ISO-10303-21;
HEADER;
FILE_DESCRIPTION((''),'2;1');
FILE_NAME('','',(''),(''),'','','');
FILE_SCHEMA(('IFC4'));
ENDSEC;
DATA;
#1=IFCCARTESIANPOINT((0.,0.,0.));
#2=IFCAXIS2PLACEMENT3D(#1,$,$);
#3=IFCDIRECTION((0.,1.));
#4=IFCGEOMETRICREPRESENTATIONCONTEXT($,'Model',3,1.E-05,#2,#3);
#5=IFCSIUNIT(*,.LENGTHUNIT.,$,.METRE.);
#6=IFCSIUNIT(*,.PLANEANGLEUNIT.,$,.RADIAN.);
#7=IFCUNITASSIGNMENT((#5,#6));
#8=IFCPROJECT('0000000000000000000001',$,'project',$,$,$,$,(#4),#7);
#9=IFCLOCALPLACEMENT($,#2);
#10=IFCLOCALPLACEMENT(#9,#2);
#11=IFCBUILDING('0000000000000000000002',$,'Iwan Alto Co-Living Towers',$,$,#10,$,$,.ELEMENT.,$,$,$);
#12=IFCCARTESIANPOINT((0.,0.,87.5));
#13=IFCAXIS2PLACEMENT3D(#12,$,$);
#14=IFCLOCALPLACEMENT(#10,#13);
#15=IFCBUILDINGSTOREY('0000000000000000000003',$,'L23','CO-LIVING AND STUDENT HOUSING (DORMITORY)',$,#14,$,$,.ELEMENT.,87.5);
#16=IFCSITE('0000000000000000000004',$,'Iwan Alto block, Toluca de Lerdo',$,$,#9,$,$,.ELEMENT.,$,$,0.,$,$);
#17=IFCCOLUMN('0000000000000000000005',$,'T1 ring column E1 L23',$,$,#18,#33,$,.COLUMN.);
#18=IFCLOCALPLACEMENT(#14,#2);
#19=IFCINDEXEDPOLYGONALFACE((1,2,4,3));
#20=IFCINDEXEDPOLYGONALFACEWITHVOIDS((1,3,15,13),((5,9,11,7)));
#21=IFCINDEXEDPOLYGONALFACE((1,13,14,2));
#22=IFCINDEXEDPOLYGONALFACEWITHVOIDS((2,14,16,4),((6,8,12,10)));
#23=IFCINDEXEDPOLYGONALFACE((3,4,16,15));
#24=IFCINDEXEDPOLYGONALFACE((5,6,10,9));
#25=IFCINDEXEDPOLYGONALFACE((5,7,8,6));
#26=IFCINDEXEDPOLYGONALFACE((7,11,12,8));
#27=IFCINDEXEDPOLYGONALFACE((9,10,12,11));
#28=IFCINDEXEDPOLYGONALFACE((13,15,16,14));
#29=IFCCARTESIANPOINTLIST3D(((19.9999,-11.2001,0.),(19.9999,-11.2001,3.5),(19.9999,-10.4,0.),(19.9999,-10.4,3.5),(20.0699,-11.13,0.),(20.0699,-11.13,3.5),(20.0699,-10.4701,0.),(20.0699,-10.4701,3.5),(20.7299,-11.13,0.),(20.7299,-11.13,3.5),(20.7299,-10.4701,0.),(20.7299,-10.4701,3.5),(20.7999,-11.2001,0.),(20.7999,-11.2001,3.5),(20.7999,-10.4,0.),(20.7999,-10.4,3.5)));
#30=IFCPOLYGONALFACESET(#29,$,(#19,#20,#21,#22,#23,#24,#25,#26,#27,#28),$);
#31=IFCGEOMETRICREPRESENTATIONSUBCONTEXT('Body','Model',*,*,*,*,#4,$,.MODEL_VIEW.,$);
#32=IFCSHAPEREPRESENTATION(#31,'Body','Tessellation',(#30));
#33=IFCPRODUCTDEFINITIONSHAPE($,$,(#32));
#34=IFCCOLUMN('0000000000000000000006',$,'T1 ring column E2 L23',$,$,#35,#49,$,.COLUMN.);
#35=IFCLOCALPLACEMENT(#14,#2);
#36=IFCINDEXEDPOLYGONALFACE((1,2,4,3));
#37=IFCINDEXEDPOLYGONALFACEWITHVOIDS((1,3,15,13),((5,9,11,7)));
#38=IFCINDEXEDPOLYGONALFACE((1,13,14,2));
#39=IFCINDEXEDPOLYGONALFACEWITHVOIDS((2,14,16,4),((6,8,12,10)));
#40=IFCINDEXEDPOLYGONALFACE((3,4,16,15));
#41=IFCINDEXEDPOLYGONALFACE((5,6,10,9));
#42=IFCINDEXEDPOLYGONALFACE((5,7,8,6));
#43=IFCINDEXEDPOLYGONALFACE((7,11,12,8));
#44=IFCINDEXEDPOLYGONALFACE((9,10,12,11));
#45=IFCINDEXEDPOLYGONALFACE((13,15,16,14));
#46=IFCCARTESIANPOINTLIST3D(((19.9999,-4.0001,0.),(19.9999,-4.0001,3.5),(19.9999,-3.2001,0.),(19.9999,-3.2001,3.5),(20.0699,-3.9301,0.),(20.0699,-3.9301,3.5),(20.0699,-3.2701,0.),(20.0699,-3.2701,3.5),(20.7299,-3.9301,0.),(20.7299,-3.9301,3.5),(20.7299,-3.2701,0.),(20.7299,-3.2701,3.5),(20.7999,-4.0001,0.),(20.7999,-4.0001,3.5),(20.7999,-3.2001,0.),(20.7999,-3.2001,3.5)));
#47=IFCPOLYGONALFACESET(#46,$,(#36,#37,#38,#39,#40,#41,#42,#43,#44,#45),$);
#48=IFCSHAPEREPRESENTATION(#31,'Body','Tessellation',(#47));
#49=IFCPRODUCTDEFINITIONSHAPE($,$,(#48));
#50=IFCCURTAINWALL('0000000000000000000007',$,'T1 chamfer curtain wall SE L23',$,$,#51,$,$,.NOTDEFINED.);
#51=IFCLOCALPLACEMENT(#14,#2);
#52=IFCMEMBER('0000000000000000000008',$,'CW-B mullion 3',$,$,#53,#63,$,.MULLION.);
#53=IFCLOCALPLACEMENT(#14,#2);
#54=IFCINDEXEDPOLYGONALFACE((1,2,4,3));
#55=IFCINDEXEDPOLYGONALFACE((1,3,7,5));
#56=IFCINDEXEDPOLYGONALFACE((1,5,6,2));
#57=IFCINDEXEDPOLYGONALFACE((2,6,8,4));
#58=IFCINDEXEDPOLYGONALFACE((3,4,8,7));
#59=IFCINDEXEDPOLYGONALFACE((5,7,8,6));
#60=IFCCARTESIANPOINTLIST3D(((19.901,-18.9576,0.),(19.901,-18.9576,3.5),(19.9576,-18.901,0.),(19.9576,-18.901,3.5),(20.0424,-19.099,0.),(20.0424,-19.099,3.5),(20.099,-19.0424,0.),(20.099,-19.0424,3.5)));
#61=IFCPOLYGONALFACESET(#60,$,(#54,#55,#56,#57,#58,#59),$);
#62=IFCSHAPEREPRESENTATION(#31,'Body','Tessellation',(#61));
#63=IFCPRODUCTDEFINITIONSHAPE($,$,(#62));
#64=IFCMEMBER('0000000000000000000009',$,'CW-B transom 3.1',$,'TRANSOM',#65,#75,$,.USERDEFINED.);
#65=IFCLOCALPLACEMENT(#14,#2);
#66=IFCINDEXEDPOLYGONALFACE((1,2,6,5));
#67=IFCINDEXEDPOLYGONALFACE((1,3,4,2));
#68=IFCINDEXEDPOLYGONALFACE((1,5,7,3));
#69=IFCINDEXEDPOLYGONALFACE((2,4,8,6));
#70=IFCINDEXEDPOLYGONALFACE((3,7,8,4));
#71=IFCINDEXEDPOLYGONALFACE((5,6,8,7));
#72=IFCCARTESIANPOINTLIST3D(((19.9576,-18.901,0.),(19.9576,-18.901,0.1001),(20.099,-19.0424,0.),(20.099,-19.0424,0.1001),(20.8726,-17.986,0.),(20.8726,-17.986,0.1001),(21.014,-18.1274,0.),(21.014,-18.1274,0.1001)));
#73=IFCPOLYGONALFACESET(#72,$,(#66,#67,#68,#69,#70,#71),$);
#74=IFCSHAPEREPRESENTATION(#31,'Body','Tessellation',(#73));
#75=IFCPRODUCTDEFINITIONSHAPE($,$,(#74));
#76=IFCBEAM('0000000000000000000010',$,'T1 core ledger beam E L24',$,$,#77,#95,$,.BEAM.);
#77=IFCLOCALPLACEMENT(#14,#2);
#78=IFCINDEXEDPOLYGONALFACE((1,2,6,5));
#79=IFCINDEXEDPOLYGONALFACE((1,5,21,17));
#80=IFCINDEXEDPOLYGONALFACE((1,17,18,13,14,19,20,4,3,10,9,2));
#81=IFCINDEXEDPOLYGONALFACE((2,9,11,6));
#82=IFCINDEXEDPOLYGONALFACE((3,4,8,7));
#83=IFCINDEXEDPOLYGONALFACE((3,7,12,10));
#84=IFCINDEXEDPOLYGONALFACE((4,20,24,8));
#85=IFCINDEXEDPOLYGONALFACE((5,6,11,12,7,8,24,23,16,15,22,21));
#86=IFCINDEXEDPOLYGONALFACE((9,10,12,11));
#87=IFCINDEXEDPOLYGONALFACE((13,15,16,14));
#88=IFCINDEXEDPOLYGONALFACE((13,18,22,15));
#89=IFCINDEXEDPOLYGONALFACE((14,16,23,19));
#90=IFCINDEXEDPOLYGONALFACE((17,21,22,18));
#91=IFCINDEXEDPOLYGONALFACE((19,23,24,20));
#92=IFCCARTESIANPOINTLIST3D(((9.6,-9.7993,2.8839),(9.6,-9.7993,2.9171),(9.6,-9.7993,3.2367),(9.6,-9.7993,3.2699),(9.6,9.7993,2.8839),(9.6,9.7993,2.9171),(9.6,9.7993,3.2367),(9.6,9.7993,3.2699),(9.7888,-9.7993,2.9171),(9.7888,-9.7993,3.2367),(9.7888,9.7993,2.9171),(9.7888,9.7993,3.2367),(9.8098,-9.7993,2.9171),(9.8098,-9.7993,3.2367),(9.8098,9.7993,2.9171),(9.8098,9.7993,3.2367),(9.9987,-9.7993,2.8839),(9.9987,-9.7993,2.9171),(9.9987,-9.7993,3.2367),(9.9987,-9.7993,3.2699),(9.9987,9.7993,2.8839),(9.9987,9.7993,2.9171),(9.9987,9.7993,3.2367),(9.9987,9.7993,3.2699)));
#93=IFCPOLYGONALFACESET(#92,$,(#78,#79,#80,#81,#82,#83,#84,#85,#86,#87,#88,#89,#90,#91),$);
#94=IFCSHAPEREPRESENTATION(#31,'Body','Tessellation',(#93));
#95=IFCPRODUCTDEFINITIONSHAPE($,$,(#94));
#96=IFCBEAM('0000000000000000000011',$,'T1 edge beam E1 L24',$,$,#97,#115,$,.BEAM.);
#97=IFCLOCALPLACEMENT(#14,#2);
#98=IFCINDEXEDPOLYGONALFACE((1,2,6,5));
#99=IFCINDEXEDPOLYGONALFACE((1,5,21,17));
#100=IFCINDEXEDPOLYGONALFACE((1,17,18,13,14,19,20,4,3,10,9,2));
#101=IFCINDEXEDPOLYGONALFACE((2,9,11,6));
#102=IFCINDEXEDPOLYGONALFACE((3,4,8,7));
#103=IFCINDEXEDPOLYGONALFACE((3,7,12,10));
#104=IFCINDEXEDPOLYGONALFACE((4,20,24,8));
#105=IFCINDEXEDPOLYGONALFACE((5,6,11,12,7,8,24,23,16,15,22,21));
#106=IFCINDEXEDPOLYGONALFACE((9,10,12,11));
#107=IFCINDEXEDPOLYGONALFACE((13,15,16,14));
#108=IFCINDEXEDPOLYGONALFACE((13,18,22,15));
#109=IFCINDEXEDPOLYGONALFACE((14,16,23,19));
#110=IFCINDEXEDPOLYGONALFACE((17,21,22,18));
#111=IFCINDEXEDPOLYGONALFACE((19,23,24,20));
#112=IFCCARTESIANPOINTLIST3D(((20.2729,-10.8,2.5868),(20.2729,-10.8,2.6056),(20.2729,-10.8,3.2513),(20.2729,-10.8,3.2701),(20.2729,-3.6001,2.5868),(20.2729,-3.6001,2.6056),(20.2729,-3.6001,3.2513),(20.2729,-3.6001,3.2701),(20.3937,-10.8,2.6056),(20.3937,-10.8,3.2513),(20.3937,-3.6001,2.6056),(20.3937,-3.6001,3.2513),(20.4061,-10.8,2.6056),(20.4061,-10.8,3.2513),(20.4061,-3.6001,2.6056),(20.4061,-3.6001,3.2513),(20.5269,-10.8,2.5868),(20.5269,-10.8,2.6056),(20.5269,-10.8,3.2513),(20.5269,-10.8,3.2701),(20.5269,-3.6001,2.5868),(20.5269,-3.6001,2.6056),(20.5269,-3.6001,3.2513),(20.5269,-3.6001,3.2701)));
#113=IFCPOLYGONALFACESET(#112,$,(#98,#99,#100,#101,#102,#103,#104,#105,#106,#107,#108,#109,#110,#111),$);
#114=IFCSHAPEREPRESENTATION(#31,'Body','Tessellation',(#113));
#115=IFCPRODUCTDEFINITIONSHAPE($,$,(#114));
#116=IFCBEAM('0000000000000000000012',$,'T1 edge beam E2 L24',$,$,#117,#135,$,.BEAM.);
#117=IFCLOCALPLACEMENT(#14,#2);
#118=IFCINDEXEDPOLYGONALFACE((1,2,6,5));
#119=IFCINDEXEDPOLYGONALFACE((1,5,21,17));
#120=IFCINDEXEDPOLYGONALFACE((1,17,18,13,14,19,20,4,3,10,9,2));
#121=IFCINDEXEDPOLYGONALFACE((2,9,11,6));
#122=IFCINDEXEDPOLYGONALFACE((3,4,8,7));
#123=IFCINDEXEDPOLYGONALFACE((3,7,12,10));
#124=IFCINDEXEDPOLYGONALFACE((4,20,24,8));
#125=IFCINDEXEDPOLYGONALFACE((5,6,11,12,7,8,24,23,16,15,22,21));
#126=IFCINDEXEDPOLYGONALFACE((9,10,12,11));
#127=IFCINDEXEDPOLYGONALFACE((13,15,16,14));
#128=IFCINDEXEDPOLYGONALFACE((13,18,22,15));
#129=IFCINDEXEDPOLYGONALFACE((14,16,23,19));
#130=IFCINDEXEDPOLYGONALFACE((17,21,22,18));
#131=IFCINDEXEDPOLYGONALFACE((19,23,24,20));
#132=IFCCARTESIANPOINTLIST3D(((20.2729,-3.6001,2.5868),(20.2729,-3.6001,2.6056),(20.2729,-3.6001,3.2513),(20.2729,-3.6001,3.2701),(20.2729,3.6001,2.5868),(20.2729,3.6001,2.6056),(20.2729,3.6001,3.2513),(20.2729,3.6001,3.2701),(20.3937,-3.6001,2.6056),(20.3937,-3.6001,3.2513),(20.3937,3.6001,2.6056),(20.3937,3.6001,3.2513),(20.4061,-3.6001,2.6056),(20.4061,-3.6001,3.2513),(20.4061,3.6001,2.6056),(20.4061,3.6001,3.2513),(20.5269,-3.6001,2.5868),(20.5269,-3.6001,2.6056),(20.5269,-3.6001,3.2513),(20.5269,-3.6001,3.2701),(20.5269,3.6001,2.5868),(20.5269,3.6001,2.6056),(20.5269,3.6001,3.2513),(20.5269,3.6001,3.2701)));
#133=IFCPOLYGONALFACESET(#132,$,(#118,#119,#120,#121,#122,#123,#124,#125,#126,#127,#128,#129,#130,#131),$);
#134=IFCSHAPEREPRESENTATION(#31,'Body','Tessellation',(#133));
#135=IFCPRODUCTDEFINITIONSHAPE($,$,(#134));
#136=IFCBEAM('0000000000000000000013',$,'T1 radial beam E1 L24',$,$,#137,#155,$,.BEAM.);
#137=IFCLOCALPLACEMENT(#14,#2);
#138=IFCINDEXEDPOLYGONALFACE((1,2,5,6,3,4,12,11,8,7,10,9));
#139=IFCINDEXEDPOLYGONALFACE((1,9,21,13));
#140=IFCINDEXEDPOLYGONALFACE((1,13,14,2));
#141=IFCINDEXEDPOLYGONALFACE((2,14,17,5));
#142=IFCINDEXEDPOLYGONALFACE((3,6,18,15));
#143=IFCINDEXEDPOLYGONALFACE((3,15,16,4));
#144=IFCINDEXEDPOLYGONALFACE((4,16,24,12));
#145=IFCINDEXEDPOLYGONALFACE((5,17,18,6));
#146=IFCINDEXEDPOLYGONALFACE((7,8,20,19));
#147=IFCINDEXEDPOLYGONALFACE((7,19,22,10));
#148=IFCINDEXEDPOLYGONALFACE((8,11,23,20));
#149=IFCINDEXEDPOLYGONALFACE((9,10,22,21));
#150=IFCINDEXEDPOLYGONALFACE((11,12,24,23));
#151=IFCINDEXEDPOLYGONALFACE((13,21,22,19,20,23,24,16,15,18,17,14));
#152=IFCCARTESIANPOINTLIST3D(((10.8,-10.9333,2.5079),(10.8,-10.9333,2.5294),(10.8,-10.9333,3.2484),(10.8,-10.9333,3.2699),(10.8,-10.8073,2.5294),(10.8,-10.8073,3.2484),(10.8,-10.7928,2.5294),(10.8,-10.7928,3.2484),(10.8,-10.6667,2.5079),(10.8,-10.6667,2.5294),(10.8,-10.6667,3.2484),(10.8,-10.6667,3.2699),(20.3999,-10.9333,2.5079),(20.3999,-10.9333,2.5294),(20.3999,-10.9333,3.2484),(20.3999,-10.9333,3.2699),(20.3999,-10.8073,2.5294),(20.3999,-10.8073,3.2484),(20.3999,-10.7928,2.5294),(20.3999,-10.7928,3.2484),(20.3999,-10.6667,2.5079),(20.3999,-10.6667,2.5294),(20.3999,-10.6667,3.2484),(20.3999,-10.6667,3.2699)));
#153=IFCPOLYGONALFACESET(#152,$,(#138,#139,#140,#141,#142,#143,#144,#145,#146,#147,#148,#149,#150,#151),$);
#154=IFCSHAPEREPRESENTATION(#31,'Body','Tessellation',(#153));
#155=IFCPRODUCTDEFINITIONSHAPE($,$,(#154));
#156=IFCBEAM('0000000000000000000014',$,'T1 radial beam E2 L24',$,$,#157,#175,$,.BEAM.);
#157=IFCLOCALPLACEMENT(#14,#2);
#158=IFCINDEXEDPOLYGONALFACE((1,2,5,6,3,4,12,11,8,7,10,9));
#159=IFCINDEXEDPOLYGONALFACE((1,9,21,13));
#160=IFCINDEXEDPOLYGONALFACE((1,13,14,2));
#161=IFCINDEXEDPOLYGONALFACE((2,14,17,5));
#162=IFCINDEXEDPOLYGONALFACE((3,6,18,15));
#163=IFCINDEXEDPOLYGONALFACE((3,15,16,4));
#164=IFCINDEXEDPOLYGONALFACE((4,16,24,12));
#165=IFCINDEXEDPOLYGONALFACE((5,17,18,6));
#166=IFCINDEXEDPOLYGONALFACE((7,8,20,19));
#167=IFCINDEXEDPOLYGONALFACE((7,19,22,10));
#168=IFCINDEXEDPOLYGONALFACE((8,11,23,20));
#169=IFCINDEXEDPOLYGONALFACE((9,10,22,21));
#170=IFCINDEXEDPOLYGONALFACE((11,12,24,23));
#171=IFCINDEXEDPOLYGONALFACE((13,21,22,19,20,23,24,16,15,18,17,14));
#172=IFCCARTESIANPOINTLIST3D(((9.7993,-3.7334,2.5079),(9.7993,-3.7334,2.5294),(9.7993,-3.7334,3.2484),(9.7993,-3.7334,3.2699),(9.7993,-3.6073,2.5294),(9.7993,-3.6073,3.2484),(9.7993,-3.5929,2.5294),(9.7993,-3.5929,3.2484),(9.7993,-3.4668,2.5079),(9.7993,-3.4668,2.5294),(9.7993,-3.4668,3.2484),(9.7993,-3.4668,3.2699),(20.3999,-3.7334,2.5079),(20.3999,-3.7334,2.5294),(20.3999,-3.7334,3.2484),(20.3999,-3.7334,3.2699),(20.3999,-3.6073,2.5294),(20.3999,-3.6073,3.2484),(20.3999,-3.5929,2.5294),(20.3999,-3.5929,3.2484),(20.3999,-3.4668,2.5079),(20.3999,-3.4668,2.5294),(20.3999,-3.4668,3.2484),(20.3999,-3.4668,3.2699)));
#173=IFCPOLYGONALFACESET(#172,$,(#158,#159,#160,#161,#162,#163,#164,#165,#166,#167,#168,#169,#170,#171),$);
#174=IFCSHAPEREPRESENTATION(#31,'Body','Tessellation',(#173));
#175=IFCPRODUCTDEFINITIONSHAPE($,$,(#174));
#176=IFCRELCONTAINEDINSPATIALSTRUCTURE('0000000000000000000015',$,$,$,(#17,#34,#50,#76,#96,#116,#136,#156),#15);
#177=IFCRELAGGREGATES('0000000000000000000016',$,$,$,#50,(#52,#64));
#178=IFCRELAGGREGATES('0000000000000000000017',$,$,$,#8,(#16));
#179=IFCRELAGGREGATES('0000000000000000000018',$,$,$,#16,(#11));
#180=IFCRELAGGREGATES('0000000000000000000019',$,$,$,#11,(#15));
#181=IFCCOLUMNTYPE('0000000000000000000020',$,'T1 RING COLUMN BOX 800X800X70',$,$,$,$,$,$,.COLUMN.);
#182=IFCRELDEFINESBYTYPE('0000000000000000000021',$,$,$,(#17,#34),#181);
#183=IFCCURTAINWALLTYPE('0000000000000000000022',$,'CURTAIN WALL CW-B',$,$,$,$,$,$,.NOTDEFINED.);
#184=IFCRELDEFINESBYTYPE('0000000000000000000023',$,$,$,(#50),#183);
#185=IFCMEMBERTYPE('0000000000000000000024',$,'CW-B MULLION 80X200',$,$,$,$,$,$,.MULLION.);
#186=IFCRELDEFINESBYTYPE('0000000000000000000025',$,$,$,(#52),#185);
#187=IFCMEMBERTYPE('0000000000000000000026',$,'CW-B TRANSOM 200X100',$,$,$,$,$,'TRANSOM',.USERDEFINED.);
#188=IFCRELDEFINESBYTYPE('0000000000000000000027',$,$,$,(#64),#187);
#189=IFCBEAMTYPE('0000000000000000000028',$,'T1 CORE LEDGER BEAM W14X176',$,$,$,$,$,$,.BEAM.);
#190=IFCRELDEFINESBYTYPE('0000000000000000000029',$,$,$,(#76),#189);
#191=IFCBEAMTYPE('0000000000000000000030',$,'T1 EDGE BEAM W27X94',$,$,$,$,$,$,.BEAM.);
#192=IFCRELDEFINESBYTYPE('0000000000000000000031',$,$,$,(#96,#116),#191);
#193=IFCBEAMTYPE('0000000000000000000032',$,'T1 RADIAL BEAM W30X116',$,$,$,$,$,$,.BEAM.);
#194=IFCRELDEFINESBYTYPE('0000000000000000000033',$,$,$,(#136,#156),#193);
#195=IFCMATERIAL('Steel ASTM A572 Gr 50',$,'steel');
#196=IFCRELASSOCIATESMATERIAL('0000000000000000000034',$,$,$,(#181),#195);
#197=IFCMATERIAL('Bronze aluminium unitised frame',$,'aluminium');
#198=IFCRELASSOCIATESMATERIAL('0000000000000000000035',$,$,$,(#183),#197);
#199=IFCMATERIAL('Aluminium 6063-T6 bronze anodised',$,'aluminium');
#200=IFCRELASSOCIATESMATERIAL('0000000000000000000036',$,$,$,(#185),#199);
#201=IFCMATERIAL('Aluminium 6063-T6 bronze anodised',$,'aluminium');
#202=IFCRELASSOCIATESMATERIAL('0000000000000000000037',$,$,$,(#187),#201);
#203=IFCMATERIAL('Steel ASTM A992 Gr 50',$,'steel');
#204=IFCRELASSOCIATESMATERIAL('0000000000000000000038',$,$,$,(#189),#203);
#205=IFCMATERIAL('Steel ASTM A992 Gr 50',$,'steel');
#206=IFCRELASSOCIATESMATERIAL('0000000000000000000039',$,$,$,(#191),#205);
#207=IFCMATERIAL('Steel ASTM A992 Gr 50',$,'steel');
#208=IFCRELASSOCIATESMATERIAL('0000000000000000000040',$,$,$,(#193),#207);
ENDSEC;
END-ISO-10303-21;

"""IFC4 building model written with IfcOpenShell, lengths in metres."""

from ifc_helpers import new_model, si_unit, direction, frame, origin, origin_2d, place, context, subcontext, project, spatial, rectangle, hollow_rectangle, i_section, extrude, material, material_profile, profile_set, type_object, element, aggregate, save


model = new_model("IFC4")

# Units and contexts
model_context = context("Model", 3, precision=1e-05, world=origin(), true_north=direction((0.0, 1.0)))
body_context = subcontext(model_context, "Body", "Model", "MODEL_VIEW")
ifc_project = project(units=[si_unit("LENGTHUNIT", "METRE"), si_unit("PLANEANGLEUNIT", "RADIAN")], contexts=[model_context])

# Site, building, storey
site_placement = place(None, origin())
site = spatial("IfcSite", under=ifc_project, at=site_placement, Name="Iwan Alto block, Toluca de Lerdo", CompositionType="ELEMENT", RefElevation=0.0)
building_placement = place(site_placement, origin())
building = spatial("IfcBuilding", under=site, at=building_placement, Name="Iwan Alto Co-Living Towers", CompositionType="ELEMENT")
storey_placement = place(building_placement, frame((0.0, 0.0, 87.5)))
storey = spatial("IfcBuildingStorey", under=building, at=storey_placement, Name="L23", Description="CO-LIVING AND STUDENT HOUSING (DORMITORY)", CompositionType="ELEMENT", Elevation=87.5)

# Columns
ifc_material_1 = material(Name="Steel ASTM A572 Gr 50", Category="steel")
ifc_material_profile_1 = material_profile(ifc_material_1, hollow_rectangle(XDim=0.8, YDim=0.8, WallThickness=0.0701, at=origin_2d()), Name="BOX 800X800X70")
ifc_profile_set_1 = profile_set([ifc_material_profile_1], Name="Steel ASTM A572 Gr 50")
column_type = type_object("IfcColumnType", Name="T1 RING COLUMN BOX 800X800X70", PredefinedType="COLUMN", material=ifc_profile_set_1)
for number, where, z_axis, x_axis, name in (
    (1, (20.3999, -10.8, 0.0), (0.0, 0.0, 1.0), (1.0, 0.0, 0.0), "T1 ring column E1 L23"),
    (2, (20.3999, -3.6001, 0.0), (0.0, 0.0, 1.0), (1.0, 0.0, 0.0), "T1 ring column E2 L23"),
):
    element("IfcColumn", number, at=place(storey_placement, frame(where, z_axis=z_axis, x_axis=x_axis)), inside=storey, type_object=column_type, Name=name, PredefinedType="COLUMN", context=body_context, shape_type="SweptSolid", body=[
        extrude(hollow_rectangle(XDim=0.8, YDim=0.8, WallThickness=0.0701, at=origin_2d()), origin(), (0.0, 0.0, 1.0), 3.5),
    ])

# Curtain wall, members
ifc_material_2 = material(Name="Bronze aluminium unitised frame", Category="aluminium")
curtain_wall_type = type_object("IfcCurtainWallType", Name="CURTAIN WALL CW-B", PredefinedType="NOTDEFINED", material=ifc_material_2)
curtain_wall_placement = place(storey_placement, origin())
curtain_wall = element("IfcCurtainWall", 3, at=curtain_wall_placement, inside=storey, type_object=curtain_wall_type, Name="T1 chamfer curtain wall SE L23", PredefinedType="NOTDEFINED")
ifc_material_3 = material(Name="Aluminium 6063-T6 bronze anodised", Category="aluminium")
ifc_material_profile_2 = material_profile(ifc_material_3, rectangle(XDim=0.2, YDim=0.0801, at=origin_2d()), Name="AL 80X200")
ifc_profile_set_2 = profile_set([ifc_material_profile_2], Name="Aluminium 6063-T6 bronze anodised")
member_type_1 = type_object("IfcMemberType", Name="CW-B MULLION 80X200", PredefinedType="MULLION", material=ifc_profile_set_2)
member_1_placement = place(storey_placement, frame((20.0, -19.0, 0.0), z_axis=(0.0, 0.0, 1.0), x_axis=(-0.707107, 0.707107, 0.0)))
member_1 = element("IfcMember", 4, at=member_1_placement, type_object=member_type_1, Name="CW-B mullion 3", PredefinedType="MULLION", context=body_context, shape_type="SweptSolid", body=[
    extrude(rectangle(XDim=0.2, YDim=0.0801, at=origin_2d()), origin(), (0.0, 0.0, 1.0), 3.5),
])
ifc_material_4 = material(Name="Aluminium 6063-T6 bronze anodised", Category="aluminium")
ifc_material_profile_3 = material_profile(ifc_material_4, rectangle(XDim=0.2, YDim=0.1001, at=origin_2d()), Name="AL 200X100")
ifc_profile_set_3 = profile_set([ifc_material_profile_3], Name="Aluminium 6063-T6 bronze anodised")
member_type_2 = type_object("IfcMemberType", Name="CW-B TRANSOM 200X100", ElementType="TRANSOM", PredefinedType="USERDEFINED", material=ifc_profile_set_3)
member_2_placement = place(storey_placement, frame((20.0283, -18.9717, 0.05), z_axis=(0.707107, 0.707107, 0.0), x_axis=(-0.707107, 0.707107, 0.0)))
member_2 = element("IfcMember", 5, at=member_2_placement, type_object=member_type_2, Name="CW-B transom 3.1", ObjectType="TRANSOM", PredefinedType="USERDEFINED", context=body_context, shape_type="SweptSolid", body=[
    extrude(rectangle(XDim=0.2, YDim=0.1001, at=origin_2d()), origin(), (0.0, 0.0, 1.0), 1.2939),
])
aggregate(curtain_wall, [member_1, member_2])

# Beams
ifc_material_5 = material(Name="Steel ASTM A992 Gr 50", Category="steel")
ifc_material_profile_4 = material_profile(ifc_material_5, i_section(OverallWidth=0.3987, OverallDepth=0.386, WebThickness=0.021, FlangeThickness=0.0332, at=origin_2d()), Name="W14X176")
ifc_profile_set_4 = profile_set([ifc_material_profile_4], Name="Steel ASTM A992 Gr 50")
beam_type_1 = type_object("IfcBeamType", Name="T1 CORE LEDGER BEAM W14X176", PredefinedType="BEAM", material=ifc_profile_set_4)
beam_1_placement = place(storey_placement, frame((9.7993, -9.7993, 3.0769), z_axis=(0.0, 1.0, 0.0), x_axis=(-1.0, 0.0, 0.0)))
element("IfcBeam", 6, at=beam_1_placement, inside=storey, type_object=beam_type_1, Name="T1 core ledger beam E L24", PredefinedType="BEAM", context=body_context, shape_type="SweptSolid", body=[
    extrude(i_section(OverallWidth=0.3987, OverallDepth=0.386, WebThickness=0.021, FlangeThickness=0.0332, at=origin_2d()), origin(), (0.0, 0.0, 1.0), 19.5986),
])
ifc_material_6 = material(Name="Steel ASTM A992 Gr 50", Category="steel")
ifc_material_profile_5 = material_profile(ifc_material_6, i_section(OverallWidth=0.2539, OverallDepth=0.6833, WebThickness=0.0125, FlangeThickness=0.0188, at=origin_2d()), Name="W27X94")
ifc_profile_set_5 = profile_set([ifc_material_profile_5], Name="Steel ASTM A992 Gr 50")
beam_type_2 = type_object("IfcBeamType", Name="T1 EDGE BEAM W27X94", PredefinedType="BEAM", material=ifc_profile_set_5)
beam_2_placement = place(storey_placement, frame((20.3999, -10.8, 2.9285), z_axis=(0.0, 1.0, 0.0), x_axis=(-1.0, 0.0, 0.0)))
element("IfcBeam", 7, at=beam_2_placement, inside=storey, type_object=beam_type_2, Name="T1 edge beam E1 L24", PredefinedType="BEAM", context=body_context, shape_type="SweptSolid", body=[
    extrude(i_section(OverallWidth=0.2539, OverallDepth=0.6833, WebThickness=0.0125, FlangeThickness=0.0188, at=origin_2d()), origin(), (0.0, 0.0, 1.0), 7.2),
])
beam_3_placement = place(storey_placement, frame((20.3999, -3.6001, 2.9285), z_axis=(0.0, 1.0, 0.0), x_axis=(-1.0, 0.0, 0.0)))
element("IfcBeam", 8, at=beam_3_placement, inside=storey, type_object=beam_type_2, Name="T1 edge beam E2 L24", PredefinedType="BEAM", context=body_context, shape_type="SweptSolid", body=[
    extrude(i_section(OverallWidth=0.2539, OverallDepth=0.6833, WebThickness=0.0125, FlangeThickness=0.0188, at=origin_2d()), origin(), (0.0, 0.0, 1.0), 7.2002),
])
ifc_material_7 = material(Name="Steel ASTM A992 Gr 50", Category="steel")
ifc_material_profile_6 = material_profile(ifc_material_7, i_section(OverallWidth=0.2666, OverallDepth=0.762, WebThickness=0.0144, FlangeThickness=0.0215, at=origin_2d()), Name="W30X116")
ifc_profile_set_6 = profile_set([ifc_material_profile_6], Name="Steel ASTM A992 Gr 50")
beam_type_3 = type_object("IfcBeamType", Name="T1 RADIAL BEAM W30X116", PredefinedType="BEAM", material=ifc_profile_set_6)
beam_4_placement = place(storey_placement, frame((20.3999, -10.8, 2.8889), z_axis=(-1.0, 0.0, 0.0), x_axis=(0.0, -1.0, 0.0)))
element("IfcBeam", 9, at=beam_4_placement, inside=storey, type_object=beam_type_3, Name="T1 radial beam E1 L24", PredefinedType="BEAM", context=body_context, shape_type="SweptSolid", body=[
    extrude(i_section(OverallWidth=0.2666, OverallDepth=0.762, WebThickness=0.0144, FlangeThickness=0.0215, at=origin_2d()), origin(), (0.0, 0.0, 1.0), 9.5999),
])
beam_5_placement = place(storey_placement, frame((20.3999, -3.6001, 2.8889), z_axis=(-1.0, 0.0, 0.0), x_axis=(0.0, -1.0, 0.0)))
element("IfcBeam", 10, at=beam_5_placement, inside=storey, type_object=beam_type_3, Name="T1 radial beam E2 L24", PredefinedType="BEAM", context=body_context, shape_type="SweptSolid", body=[
    extrude(i_section(OverallWidth=0.2666, OverallDepth=0.762, WebThickness=0.0144, FlangeThickness=0.0215, at=origin_2d()), origin(), (0.0, 0.0, 1.0), 10.6006),
])

save(model, "model.ifc")
